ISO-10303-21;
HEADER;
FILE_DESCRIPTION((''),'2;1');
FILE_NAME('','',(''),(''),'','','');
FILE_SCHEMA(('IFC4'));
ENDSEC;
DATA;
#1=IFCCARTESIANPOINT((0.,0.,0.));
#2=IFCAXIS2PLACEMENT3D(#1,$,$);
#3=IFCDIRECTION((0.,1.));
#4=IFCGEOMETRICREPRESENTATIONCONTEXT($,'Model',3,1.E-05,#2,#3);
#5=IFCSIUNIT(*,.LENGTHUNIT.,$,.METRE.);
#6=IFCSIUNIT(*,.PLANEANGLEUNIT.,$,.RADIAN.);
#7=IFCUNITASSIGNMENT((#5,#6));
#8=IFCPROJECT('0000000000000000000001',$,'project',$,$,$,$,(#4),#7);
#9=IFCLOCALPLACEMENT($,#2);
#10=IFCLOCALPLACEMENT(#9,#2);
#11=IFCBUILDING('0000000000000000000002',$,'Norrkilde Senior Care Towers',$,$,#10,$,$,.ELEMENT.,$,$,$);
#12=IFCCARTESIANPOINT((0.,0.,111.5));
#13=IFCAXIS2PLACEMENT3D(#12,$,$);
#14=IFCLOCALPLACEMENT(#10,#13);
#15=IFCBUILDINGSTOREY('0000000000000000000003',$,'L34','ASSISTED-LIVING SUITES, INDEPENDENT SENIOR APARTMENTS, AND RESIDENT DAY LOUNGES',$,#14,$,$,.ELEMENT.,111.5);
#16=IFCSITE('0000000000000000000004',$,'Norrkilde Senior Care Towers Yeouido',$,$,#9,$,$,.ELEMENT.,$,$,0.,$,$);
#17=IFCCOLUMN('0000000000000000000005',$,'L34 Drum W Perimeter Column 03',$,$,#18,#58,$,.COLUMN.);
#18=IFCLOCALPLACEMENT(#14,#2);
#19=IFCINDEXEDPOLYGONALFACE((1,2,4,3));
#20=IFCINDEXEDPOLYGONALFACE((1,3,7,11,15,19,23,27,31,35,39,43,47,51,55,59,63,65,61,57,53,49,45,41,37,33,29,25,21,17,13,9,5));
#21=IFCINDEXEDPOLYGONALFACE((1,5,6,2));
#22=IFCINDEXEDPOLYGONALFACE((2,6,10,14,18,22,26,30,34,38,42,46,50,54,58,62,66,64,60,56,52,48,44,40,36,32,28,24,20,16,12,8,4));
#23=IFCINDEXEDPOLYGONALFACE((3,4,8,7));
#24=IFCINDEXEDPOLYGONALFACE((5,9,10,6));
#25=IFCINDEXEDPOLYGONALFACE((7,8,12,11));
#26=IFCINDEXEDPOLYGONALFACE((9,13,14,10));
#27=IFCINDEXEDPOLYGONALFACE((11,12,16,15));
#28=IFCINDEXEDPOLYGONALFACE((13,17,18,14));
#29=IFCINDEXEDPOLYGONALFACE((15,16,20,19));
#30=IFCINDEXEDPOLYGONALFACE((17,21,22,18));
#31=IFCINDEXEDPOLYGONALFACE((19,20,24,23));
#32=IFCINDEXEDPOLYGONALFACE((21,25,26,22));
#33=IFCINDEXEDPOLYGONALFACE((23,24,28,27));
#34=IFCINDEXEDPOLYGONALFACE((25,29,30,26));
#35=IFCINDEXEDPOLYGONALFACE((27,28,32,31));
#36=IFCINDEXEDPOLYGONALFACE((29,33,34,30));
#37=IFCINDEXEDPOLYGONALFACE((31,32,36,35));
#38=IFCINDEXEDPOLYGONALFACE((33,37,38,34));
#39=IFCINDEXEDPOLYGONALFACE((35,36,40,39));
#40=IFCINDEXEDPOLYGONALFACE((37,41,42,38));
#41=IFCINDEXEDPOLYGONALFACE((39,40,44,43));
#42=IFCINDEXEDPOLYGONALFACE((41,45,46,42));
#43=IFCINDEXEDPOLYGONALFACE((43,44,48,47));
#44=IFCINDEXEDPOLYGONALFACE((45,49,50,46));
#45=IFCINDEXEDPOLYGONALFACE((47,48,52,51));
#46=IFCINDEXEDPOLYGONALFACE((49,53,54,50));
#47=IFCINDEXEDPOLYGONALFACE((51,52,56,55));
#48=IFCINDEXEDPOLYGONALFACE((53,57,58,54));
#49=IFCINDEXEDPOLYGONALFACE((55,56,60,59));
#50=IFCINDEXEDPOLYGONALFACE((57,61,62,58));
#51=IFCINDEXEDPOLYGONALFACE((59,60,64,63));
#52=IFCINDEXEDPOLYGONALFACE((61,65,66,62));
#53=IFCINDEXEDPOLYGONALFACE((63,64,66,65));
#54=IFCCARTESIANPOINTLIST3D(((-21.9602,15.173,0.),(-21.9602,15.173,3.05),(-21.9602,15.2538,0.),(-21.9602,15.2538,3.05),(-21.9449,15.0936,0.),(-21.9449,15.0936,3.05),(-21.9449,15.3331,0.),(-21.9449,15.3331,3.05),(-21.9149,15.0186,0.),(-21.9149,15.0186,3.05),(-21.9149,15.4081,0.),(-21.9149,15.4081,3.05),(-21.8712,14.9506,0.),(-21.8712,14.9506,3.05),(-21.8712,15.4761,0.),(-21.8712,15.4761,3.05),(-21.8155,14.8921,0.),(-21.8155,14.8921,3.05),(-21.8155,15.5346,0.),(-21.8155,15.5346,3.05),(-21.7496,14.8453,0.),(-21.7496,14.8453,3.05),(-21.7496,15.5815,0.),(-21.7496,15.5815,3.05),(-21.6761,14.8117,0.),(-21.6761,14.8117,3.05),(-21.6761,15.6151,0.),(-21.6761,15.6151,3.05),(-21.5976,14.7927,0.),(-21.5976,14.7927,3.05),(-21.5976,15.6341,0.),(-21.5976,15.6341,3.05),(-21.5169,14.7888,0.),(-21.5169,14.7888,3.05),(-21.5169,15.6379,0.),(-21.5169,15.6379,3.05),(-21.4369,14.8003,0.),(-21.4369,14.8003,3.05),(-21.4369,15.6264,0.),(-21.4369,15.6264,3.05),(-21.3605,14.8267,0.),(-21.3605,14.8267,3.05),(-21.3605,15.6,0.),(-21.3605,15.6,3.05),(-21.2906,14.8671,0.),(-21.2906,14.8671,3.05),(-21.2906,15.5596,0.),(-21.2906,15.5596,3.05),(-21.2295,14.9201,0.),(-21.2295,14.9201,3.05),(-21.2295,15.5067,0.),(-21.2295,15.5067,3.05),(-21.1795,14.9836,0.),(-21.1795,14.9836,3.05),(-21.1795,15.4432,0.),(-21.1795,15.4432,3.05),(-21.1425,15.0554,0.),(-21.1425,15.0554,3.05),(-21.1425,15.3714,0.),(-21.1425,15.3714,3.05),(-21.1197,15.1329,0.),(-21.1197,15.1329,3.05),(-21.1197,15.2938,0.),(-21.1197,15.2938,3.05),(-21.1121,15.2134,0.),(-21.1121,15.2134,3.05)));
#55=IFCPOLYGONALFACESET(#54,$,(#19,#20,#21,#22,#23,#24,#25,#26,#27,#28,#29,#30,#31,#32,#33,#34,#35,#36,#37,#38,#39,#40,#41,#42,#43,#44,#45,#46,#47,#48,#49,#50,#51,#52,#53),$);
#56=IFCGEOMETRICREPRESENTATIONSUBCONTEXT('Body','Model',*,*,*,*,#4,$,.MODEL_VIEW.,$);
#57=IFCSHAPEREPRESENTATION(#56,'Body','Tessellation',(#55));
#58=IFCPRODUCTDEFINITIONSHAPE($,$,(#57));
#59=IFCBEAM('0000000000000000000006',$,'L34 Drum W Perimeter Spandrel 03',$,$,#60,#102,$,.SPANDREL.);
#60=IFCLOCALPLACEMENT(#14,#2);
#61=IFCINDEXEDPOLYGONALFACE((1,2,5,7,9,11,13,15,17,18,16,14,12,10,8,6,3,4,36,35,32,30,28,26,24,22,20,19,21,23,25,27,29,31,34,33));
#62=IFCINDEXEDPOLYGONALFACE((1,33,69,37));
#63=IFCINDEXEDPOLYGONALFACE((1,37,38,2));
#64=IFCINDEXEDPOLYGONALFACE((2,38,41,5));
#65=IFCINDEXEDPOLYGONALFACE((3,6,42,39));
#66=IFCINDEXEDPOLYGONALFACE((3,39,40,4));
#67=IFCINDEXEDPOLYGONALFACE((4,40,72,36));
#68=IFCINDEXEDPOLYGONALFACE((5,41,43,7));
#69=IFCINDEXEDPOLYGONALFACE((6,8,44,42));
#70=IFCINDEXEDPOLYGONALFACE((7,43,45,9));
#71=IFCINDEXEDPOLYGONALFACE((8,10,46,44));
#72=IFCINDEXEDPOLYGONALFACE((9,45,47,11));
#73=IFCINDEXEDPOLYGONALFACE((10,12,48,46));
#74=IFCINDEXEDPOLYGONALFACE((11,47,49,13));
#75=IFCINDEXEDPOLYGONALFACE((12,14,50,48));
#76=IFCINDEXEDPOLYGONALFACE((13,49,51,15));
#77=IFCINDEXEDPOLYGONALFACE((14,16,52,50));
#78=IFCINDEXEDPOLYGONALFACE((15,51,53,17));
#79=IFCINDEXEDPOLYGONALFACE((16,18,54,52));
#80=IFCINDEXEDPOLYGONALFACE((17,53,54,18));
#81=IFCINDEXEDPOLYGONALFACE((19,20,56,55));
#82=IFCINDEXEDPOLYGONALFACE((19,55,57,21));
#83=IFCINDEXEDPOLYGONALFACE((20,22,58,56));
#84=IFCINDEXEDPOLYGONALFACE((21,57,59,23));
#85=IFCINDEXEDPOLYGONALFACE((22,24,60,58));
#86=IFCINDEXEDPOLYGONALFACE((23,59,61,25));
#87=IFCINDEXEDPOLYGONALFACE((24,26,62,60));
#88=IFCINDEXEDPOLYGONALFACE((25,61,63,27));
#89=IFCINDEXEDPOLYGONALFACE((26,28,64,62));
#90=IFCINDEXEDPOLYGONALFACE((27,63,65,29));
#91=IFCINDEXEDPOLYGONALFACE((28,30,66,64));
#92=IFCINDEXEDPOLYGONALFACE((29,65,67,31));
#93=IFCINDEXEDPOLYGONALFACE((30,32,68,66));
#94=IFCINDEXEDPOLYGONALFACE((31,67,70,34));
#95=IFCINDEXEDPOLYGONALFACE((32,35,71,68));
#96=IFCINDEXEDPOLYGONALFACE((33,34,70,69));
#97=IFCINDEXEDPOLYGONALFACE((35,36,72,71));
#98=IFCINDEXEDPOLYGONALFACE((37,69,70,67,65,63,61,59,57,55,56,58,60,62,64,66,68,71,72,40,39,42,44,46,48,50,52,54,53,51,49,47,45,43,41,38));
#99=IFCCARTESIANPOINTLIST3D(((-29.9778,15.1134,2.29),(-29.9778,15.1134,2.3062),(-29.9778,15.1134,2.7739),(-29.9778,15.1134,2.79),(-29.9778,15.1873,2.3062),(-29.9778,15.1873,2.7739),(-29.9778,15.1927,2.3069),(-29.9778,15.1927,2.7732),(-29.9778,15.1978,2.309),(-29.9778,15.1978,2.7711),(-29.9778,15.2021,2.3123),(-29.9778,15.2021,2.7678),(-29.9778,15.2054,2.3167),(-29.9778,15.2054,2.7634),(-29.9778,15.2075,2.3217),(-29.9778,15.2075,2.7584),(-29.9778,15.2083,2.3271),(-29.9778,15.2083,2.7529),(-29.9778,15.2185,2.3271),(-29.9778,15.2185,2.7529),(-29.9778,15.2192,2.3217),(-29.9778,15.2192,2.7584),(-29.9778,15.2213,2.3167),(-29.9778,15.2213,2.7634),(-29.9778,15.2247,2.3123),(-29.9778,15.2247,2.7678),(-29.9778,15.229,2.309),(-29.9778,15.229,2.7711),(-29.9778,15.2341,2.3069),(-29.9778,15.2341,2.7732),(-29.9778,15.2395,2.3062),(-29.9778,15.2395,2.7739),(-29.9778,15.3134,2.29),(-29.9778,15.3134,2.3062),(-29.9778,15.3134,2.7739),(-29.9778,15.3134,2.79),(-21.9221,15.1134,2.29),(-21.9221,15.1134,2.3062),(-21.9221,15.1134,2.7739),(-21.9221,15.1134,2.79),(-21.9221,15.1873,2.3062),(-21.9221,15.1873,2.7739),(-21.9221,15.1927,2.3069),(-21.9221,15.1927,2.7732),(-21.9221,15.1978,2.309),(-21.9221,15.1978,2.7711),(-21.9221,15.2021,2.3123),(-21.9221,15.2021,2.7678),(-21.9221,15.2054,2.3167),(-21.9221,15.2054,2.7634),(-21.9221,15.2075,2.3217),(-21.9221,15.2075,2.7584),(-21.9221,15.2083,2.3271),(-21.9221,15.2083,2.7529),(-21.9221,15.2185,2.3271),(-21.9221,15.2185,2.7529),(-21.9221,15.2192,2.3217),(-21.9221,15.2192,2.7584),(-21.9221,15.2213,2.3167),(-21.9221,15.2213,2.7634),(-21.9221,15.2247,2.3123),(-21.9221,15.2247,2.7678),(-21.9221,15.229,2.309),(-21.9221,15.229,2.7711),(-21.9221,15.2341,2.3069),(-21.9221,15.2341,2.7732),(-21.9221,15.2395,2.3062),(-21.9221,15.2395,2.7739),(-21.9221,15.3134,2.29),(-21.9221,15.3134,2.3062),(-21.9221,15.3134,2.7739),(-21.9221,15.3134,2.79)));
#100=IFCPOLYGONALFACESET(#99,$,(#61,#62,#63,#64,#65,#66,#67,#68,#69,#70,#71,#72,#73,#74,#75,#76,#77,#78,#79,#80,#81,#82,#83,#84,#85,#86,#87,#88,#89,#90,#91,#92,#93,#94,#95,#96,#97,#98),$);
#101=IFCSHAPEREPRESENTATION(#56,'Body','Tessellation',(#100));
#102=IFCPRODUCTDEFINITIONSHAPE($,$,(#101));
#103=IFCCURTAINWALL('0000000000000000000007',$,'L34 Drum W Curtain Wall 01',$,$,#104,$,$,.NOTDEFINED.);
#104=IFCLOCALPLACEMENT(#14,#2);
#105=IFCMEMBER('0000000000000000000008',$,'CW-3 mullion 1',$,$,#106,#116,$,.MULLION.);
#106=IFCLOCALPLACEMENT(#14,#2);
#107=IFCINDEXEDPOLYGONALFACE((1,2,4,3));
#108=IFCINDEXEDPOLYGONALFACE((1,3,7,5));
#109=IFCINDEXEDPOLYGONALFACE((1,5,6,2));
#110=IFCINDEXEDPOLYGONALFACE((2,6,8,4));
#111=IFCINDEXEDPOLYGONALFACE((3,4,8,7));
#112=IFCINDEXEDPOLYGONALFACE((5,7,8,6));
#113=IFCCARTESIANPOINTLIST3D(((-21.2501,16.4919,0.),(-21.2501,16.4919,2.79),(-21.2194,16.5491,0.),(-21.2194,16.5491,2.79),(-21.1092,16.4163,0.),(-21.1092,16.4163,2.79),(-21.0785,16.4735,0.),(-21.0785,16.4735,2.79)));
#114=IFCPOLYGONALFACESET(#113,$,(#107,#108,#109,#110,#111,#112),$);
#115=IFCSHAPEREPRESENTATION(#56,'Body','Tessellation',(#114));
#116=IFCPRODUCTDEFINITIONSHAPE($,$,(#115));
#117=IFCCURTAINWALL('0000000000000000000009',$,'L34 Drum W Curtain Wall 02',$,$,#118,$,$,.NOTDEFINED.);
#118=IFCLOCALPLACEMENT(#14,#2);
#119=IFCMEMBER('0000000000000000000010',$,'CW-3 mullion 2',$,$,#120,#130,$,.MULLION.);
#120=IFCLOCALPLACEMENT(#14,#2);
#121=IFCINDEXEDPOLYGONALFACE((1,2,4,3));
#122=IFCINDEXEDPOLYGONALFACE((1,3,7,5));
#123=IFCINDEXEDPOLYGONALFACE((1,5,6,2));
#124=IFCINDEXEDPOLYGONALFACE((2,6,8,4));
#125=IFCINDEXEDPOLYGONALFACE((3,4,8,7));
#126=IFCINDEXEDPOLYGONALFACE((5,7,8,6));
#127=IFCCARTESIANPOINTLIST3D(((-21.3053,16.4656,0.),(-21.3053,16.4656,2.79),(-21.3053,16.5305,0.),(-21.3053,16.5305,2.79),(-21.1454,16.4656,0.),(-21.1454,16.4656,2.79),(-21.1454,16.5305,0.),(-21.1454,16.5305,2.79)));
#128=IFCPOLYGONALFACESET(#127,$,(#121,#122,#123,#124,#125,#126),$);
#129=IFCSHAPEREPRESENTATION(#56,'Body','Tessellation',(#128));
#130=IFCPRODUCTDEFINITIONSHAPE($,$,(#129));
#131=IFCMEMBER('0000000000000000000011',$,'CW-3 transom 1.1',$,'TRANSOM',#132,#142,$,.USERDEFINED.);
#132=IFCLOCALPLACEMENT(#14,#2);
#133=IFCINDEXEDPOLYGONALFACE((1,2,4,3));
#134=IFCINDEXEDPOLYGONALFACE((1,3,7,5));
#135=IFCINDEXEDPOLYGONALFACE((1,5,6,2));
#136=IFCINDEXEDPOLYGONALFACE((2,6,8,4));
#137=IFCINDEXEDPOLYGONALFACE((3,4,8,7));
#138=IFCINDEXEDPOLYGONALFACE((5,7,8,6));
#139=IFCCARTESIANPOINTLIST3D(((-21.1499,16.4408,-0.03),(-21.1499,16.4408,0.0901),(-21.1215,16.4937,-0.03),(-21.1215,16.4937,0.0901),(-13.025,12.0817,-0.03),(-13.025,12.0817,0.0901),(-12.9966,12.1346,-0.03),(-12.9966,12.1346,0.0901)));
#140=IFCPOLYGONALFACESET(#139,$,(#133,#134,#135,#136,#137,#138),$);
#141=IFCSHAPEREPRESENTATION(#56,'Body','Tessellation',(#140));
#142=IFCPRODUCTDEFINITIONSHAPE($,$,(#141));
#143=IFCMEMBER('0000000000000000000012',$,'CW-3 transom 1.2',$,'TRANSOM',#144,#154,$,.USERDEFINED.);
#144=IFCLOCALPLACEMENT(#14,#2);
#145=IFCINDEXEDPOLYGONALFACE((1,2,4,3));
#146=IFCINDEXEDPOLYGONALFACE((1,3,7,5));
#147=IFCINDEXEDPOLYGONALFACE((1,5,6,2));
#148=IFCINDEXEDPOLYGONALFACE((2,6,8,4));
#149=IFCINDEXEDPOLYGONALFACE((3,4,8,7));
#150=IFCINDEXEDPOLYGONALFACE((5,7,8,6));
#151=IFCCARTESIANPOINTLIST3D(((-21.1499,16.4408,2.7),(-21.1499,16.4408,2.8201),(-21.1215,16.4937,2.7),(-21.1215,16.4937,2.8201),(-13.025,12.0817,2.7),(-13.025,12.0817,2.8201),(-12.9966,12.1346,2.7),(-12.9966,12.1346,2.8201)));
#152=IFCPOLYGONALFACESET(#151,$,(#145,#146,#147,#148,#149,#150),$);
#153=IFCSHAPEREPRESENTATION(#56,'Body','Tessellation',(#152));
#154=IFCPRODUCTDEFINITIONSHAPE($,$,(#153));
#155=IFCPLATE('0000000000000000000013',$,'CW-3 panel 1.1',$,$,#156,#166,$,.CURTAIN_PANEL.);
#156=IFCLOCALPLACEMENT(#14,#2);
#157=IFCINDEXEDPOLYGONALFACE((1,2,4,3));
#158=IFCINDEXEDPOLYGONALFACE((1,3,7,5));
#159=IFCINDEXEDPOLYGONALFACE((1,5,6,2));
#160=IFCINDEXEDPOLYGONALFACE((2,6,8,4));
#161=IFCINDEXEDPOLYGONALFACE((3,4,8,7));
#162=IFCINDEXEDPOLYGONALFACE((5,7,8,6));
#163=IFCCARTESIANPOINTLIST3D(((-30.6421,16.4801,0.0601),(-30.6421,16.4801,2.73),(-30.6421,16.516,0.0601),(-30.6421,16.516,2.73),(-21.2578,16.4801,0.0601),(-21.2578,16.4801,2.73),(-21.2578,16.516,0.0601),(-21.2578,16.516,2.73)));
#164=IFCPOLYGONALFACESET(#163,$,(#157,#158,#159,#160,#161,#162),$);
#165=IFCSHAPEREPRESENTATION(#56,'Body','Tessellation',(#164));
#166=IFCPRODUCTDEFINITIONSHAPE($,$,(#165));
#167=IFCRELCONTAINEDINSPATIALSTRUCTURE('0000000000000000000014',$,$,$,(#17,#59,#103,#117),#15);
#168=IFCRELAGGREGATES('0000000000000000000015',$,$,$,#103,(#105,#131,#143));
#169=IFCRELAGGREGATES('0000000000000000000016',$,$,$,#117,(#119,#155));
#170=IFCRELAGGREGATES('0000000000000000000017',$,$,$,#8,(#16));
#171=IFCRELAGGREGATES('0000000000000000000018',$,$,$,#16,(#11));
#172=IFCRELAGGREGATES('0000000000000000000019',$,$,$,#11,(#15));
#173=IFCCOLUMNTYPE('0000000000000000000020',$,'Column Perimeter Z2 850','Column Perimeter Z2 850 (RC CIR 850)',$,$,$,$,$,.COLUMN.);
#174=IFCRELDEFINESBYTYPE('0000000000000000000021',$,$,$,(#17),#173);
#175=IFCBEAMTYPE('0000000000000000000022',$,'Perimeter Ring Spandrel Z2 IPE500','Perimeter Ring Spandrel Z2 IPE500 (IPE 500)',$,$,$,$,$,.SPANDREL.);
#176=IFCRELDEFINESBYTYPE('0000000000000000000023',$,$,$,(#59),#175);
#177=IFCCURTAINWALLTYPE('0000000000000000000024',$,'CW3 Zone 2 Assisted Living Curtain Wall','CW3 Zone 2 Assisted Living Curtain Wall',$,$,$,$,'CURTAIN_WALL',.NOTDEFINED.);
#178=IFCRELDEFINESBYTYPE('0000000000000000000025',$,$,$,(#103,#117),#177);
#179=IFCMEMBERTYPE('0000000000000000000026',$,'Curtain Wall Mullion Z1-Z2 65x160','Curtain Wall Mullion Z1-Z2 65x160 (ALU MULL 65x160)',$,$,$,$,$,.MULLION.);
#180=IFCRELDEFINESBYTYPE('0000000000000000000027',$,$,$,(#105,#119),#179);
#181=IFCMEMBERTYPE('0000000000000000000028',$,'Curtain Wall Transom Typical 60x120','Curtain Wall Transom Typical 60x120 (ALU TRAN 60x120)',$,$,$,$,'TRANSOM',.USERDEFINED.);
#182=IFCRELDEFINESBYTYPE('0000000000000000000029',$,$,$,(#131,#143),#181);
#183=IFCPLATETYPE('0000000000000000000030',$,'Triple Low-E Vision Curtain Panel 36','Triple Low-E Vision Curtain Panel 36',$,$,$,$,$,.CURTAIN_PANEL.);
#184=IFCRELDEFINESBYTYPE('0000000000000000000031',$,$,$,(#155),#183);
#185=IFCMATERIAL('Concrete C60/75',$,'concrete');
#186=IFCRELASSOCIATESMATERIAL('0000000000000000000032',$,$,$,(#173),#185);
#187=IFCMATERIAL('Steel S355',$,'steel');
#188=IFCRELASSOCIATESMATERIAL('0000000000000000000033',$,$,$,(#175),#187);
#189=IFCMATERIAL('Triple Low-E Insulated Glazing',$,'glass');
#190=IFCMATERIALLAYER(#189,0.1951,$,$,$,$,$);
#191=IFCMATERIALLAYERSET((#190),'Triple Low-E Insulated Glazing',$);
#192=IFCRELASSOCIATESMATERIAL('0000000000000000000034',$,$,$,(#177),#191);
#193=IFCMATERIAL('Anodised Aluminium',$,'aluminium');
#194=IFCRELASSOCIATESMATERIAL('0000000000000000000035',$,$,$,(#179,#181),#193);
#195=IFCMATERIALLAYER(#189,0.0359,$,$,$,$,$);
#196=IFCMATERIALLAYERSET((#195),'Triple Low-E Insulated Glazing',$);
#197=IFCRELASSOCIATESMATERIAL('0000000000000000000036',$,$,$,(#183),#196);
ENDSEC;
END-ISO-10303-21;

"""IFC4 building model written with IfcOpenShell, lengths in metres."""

from ifc_helpers import new_model, si_unit, direction, frame, origin, origin_2d, place, context, subcontext, project, spatial, rectangle, circle, i_section, extrude, source, transform, mapped, material, layer, layer_set, material_profile, profile_set, type_object, type_shapes, element, aggregate, save


model = new_model("IFC4")

# Units and contexts
model_context = context("Model", 3, precision=1e-05, world=origin(), true_north=direction((0.0, 1.0)))
body_context = subcontext(model_context, "Body", "Model", "MODEL_VIEW")
ifc_project = project(units=[si_unit("LENGTHUNIT", "METRE"), si_unit("PLANEANGLEUNIT", "RADIAN")], contexts=[model_context])

# Site, building, storey
site_placement = place(None, origin())
site = spatial("IfcSite", under=ifc_project, at=site_placement, Name="Norrkilde Senior Care Towers Yeouido", CompositionType="ELEMENT", RefElevation=0.0)
building_placement = place(site_placement, origin())
building = spatial("IfcBuilding", under=site, at=building_placement, Name="Norrkilde Senior Care Towers", CompositionType="ELEMENT")
storey_placement = place(building_placement, frame((0.0, 0.0, 111.5)))
storey = spatial("IfcBuildingStorey", under=building, at=storey_placement, Name="L34", Description="ASSISTED-LIVING SUITES, INDEPENDENT SENIOR APARTMENTS, AND RESIDENT DAY LOUNGES", CompositionType="ELEMENT", Elevation=111.5)

# Column
ifc_material_1 = material(Name="Concrete C60/75", Category="concrete")
ifc_material_profile_1 = material_profile(ifc_material_1, circle(Radius=0.425, at=origin_2d()), Name="RC CIR 850")
ifc_profile_set_1 = profile_set([ifc_material_profile_1], Name="Concrete C60/75")
column_type = type_object("IfcColumnType", Name="Column Perimeter Z2 850", Description="Column Perimeter Z2 850 (RC CIR 850)", PredefinedType="COLUMN", material=ifc_profile_set_1)
shared_shape_1 = source(origin(), body_context, "Body", "SweptSolid", [
    extrude(circle(Radius=0.425, at=origin_2d()), origin(), (0.0, 0.0, 1.0), 3.05),
])
type_shapes(column_type, [shared_shape_1])
column_placement = place(storey_placement, frame((-21.5371, 15.2134, 0.0), z_axis=(0.0, 0.0, 1.0), x_axis=(1.0, 0.0, 0.0)))
element("IfcColumn", 1, at=column_placement, inside=storey, type_object=column_type, Name="L34 Drum W Perimeter Column 03", PredefinedType="COLUMN", context=body_context, shape_type="MappedRepresentation", body=[
    mapped(shared_shape_1, transform((0.0, 0.0, 0.0), x_axis=(1.0, 0.0, 0.0), y_axis=(0.0, 1.0, 0.0), z_axis=(0.0, 0.0, 1.0), scale=1.0)),
])

# Beam
ifc_material_2 = material(Name="Steel S355", Category="steel")
ifc_material_profile_2 = material_profile(ifc_material_2, i_section(OverallWidth=0.2, OverallDepth=0.5, WebThickness=0.0103, FlangeThickness=0.0161, FilletRadius=0.021, at=origin_2d()), Name="IPE 500")
ifc_profile_set_2 = profile_set([ifc_material_profile_2], Name="Steel S355")
beam_type = type_object("IfcBeamType", Name="Perimeter Ring Spandrel Z2 IPE500", Description="Perimeter Ring Spandrel Z2 IPE500 (IPE 500)", PredefinedType="SPANDREL", material=ifc_profile_set_2)
shared_shape_2 = source(origin(), body_context, "Body", "SweptSolid", [
    extrude(i_section(OverallWidth=0.2, OverallDepth=0.5, WebThickness=0.0103, FlangeThickness=0.0161, FilletRadius=0.021, at=origin_2d()), origin(), (0.0, 0.0, 1.0), 8.0557),
])
type_shapes(beam_type, [shared_shape_2])
beam_placement = place(storey_placement, frame((-21.9221, 15.2134, 2.54), z_axis=(-1.0, 0.0, 0.0), x_axis=(0.0, -1.0, 0.0)))
element("IfcBeam", 2, at=beam_placement, inside=storey, type_object=beam_type, Name="L34 Drum W Perimeter Spandrel 03", PredefinedType="SPANDREL", context=body_context, shape_type="MappedRepresentation", body=[
    mapped(shared_shape_2, transform((0.0, 0.0, 0.0), x_axis=(1.0, 0.0, 0.0), y_axis=(0.0, 1.0, 0.0), z_axis=(0.0, 0.0, 1.0), scale=1.0)),
])

# Curtain walls, members
ifc_material_3 = material(Name="Triple Low-E Insulated Glazing", Category="glass")
ifc_layer_1 = layer(ifc_material_3, 0.1951)
ifc_layer_set_1 = layer_set([ifc_layer_1], Name="Triple Low-E Insulated Glazing")
curtain_wall_type = type_object("IfcCurtainWallType", Name="CW3 Zone 2 Assisted Living Curtain Wall", Description="CW3 Zone 2 Assisted Living Curtain Wall", ElementType="CURTAIN_WALL", PredefinedType="NOTDEFINED", material=ifc_layer_set_1)
curtain_wall_1_placement = place(storey_placement, origin())
curtain_wall_1 = element("IfcCurtainWall", 3, at=curtain_wall_1_placement, inside=storey, type_object=curtain_wall_type, Name="L34 Drum W Curtain Wall 01", PredefinedType="NOTDEFINED")
ifc_material_4 = material(Name="Anodised Aluminium", Category="aluminium")
ifc_material_profile_3 = material_profile(ifc_material_4, rectangle(XDim=0.0649, YDim=0.1599, at=origin_2d()), Name="ALU MULL 65x160")
ifc_profile_set_3 = profile_set([ifc_material_profile_3], Name="Anodised Aluminium")
member_type_1 = type_object("IfcMemberType", Name="Curtain Wall Mullion Z1-Z2 65x160", Description="Curtain Wall Mullion Z1-Z2 65x160 (ALU MULL 65x160)", PredefinedType="MULLION", material=ifc_profile_set_3)
shared_shape_3 = source(origin(), body_context, "Body", "SweptSolid", [
    extrude(rectangle(XDim=0.0649, YDim=0.1599, at=origin_2d()), origin(), (0.0, 0.0, 1.0), 2.79),
])
type_shapes(member_type_1, [shared_shape_3])
member_1_placement = place(storey_placement, frame((-21.1643, 16.4827, 0.0), z_axis=(0.0, 0.0, 1.0), x_axis=(0.472769, 0.881186, 0.0)))
member_1 = element("IfcMember", 4, at=member_1_placement, type_object=member_type_1, Name="CW-3 mullion 1", PredefinedType="MULLION", context=body_context, shape_type="MappedRepresentation", body=[
    mapped(shared_shape_3, transform((0.0, 0.0, 0.0), x_axis=(1.0, 0.0, 0.0), y_axis=(0.0, 1.0, 0.0), z_axis=(0.0, 0.0, 1.0), scale=1.0)),
])
curtain_wall_2_placement = place(storey_placement, origin())
curtain_wall_2 = element("IfcCurtainWall", 5, at=curtain_wall_2_placement, inside=storey, type_object=curtain_wall_type, Name="L34 Drum W Curtain Wall 02", PredefinedType="NOTDEFINED")
member_2_placement = place(storey_placement, frame((-21.2253, 16.498, 0.0), z_axis=(0.0, 0.0, 1.0), x_axis=(0.0, 1.0, 0.0)))
member_2 = element("IfcMember", 6, at=member_2_placement, type_object=member_type_1, Name="CW-3 mullion 2", PredefinedType="MULLION", context=body_context, shape_type="MappedRepresentation", body=[
    mapped(shared_shape_3, transform((0.0, 0.0, 0.0), x_axis=(1.0, 0.0, 0.0), y_axis=(0.0, 1.0, 0.0), z_axis=(0.0, 0.0, 1.0), scale=1.0)),
])

# Members
ifc_material_profile_4 = material_profile(ifc_material_4, rectangle(XDim=0.0601, YDim=0.1201, at=origin_2d()), Name="ALU TRAN 60x120")
ifc_profile_set_4 = profile_set([ifc_material_profile_4], Name="Anodised Aluminium")
member_type_2 = type_object("IfcMemberType", Name="Curtain Wall Transom Typical 60x120", Description="Curtain Wall Transom Typical 60x120 (ALU TRAN 60x120)", ElementType="TRANSOM", PredefinedType="USERDEFINED", material=ifc_profile_set_4)
shared_shape_4 = source(origin(), body_context, "Body", "SweptSolid", [
    extrude(rectangle(XDim=0.0601, YDim=0.1201, at=origin_2d()), origin(), (0.0, 0.0, 1.0), 9.2205),
])
type_shapes(member_type_2, [shared_shape_4])
member_3_placement = place(storey_placement, frame((-21.1357, 16.4673, 0.03), z_axis=(0.881189, -0.472765, 0.0), x_axis=(0.472765, 0.881189, 0.0)))
member_3 = element("IfcMember", 7, at=member_3_placement, type_object=member_type_2, Name="CW-3 transom 1.1", ObjectType="TRANSOM", PredefinedType="USERDEFINED", context=body_context, shape_type="MappedRepresentation", body=[
    mapped(shared_shape_4, transform((0.0, 0.0, 0.0), x_axis=(1.0, 0.0, 0.0), y_axis=(0.0, 1.0, 0.0), z_axis=(0.0, 0.0, 1.0), scale=1.0)),
])
member_4_placement = place(storey_placement, frame((-21.1357, 16.4673, 2.76), z_axis=(0.881189, -0.472765, 0.0), x_axis=(0.472765, 0.881189, 0.0)))
member_4 = element("IfcMember", 8, at=member_4_placement, type_object=member_type_2, Name="CW-3 transom 1.2", ObjectType="TRANSOM", PredefinedType="USERDEFINED", context=body_context, shape_type="MappedRepresentation", body=[
    mapped(shared_shape_4, transform((0.0, 0.0, 0.0), x_axis=(1.0, 0.0, 0.0), y_axis=(0.0, 1.0, 0.0), z_axis=(0.0, 0.0, 1.0), scale=1.0)),
])
aggregate(curtain_wall_1, [member_1, member_3, member_4])

# Plate
ifc_layer_2 = layer(ifc_material_3, 0.0359)
ifc_layer_set_2 = layer_set([ifc_layer_2], Name="Triple Low-E Insulated Glazing")
plate_type = type_object("IfcPlateType", Name="Triple Low-E Vision Curtain Panel 36", Description="Triple Low-E Vision Curtain Panel 36", PredefinedType="CURTAIN_PANEL", material=ifc_layer_set_2)
shared_shape_5 = source(origin(), body_context, "Body", "SweptSolid", [
    extrude(rectangle(XDim=9.3843, YDim=0.0359, at=origin_2d()), origin(), (0.0, 0.0, 1.0), 2.6699),
])
type_shapes(plate_type, [shared_shape_5])
plate_placement = place(storey_placement, frame((-25.95, 16.498, 0.0601), z_axis=(0.0, 0.0, 1.0), x_axis=(1.0, 0.0, 0.0)))
plate = element("IfcPlate", 9, at=plate_placement, type_object=plate_type, Name="CW-3 panel 1.1", PredefinedType="CURTAIN_PANEL", context=body_context, shape_type="MappedRepresentation", body=[
    mapped(shared_shape_5, transform((0.0, 0.0, 0.0), x_axis=(1.0, 0.0, 0.0), y_axis=(0.0, 1.0, 0.0), z_axis=(0.0, 0.0, 1.0), scale=1.0)),
])
aggregate(curtain_wall_2, [member_2, plate])

save(model, "model.ifc")
